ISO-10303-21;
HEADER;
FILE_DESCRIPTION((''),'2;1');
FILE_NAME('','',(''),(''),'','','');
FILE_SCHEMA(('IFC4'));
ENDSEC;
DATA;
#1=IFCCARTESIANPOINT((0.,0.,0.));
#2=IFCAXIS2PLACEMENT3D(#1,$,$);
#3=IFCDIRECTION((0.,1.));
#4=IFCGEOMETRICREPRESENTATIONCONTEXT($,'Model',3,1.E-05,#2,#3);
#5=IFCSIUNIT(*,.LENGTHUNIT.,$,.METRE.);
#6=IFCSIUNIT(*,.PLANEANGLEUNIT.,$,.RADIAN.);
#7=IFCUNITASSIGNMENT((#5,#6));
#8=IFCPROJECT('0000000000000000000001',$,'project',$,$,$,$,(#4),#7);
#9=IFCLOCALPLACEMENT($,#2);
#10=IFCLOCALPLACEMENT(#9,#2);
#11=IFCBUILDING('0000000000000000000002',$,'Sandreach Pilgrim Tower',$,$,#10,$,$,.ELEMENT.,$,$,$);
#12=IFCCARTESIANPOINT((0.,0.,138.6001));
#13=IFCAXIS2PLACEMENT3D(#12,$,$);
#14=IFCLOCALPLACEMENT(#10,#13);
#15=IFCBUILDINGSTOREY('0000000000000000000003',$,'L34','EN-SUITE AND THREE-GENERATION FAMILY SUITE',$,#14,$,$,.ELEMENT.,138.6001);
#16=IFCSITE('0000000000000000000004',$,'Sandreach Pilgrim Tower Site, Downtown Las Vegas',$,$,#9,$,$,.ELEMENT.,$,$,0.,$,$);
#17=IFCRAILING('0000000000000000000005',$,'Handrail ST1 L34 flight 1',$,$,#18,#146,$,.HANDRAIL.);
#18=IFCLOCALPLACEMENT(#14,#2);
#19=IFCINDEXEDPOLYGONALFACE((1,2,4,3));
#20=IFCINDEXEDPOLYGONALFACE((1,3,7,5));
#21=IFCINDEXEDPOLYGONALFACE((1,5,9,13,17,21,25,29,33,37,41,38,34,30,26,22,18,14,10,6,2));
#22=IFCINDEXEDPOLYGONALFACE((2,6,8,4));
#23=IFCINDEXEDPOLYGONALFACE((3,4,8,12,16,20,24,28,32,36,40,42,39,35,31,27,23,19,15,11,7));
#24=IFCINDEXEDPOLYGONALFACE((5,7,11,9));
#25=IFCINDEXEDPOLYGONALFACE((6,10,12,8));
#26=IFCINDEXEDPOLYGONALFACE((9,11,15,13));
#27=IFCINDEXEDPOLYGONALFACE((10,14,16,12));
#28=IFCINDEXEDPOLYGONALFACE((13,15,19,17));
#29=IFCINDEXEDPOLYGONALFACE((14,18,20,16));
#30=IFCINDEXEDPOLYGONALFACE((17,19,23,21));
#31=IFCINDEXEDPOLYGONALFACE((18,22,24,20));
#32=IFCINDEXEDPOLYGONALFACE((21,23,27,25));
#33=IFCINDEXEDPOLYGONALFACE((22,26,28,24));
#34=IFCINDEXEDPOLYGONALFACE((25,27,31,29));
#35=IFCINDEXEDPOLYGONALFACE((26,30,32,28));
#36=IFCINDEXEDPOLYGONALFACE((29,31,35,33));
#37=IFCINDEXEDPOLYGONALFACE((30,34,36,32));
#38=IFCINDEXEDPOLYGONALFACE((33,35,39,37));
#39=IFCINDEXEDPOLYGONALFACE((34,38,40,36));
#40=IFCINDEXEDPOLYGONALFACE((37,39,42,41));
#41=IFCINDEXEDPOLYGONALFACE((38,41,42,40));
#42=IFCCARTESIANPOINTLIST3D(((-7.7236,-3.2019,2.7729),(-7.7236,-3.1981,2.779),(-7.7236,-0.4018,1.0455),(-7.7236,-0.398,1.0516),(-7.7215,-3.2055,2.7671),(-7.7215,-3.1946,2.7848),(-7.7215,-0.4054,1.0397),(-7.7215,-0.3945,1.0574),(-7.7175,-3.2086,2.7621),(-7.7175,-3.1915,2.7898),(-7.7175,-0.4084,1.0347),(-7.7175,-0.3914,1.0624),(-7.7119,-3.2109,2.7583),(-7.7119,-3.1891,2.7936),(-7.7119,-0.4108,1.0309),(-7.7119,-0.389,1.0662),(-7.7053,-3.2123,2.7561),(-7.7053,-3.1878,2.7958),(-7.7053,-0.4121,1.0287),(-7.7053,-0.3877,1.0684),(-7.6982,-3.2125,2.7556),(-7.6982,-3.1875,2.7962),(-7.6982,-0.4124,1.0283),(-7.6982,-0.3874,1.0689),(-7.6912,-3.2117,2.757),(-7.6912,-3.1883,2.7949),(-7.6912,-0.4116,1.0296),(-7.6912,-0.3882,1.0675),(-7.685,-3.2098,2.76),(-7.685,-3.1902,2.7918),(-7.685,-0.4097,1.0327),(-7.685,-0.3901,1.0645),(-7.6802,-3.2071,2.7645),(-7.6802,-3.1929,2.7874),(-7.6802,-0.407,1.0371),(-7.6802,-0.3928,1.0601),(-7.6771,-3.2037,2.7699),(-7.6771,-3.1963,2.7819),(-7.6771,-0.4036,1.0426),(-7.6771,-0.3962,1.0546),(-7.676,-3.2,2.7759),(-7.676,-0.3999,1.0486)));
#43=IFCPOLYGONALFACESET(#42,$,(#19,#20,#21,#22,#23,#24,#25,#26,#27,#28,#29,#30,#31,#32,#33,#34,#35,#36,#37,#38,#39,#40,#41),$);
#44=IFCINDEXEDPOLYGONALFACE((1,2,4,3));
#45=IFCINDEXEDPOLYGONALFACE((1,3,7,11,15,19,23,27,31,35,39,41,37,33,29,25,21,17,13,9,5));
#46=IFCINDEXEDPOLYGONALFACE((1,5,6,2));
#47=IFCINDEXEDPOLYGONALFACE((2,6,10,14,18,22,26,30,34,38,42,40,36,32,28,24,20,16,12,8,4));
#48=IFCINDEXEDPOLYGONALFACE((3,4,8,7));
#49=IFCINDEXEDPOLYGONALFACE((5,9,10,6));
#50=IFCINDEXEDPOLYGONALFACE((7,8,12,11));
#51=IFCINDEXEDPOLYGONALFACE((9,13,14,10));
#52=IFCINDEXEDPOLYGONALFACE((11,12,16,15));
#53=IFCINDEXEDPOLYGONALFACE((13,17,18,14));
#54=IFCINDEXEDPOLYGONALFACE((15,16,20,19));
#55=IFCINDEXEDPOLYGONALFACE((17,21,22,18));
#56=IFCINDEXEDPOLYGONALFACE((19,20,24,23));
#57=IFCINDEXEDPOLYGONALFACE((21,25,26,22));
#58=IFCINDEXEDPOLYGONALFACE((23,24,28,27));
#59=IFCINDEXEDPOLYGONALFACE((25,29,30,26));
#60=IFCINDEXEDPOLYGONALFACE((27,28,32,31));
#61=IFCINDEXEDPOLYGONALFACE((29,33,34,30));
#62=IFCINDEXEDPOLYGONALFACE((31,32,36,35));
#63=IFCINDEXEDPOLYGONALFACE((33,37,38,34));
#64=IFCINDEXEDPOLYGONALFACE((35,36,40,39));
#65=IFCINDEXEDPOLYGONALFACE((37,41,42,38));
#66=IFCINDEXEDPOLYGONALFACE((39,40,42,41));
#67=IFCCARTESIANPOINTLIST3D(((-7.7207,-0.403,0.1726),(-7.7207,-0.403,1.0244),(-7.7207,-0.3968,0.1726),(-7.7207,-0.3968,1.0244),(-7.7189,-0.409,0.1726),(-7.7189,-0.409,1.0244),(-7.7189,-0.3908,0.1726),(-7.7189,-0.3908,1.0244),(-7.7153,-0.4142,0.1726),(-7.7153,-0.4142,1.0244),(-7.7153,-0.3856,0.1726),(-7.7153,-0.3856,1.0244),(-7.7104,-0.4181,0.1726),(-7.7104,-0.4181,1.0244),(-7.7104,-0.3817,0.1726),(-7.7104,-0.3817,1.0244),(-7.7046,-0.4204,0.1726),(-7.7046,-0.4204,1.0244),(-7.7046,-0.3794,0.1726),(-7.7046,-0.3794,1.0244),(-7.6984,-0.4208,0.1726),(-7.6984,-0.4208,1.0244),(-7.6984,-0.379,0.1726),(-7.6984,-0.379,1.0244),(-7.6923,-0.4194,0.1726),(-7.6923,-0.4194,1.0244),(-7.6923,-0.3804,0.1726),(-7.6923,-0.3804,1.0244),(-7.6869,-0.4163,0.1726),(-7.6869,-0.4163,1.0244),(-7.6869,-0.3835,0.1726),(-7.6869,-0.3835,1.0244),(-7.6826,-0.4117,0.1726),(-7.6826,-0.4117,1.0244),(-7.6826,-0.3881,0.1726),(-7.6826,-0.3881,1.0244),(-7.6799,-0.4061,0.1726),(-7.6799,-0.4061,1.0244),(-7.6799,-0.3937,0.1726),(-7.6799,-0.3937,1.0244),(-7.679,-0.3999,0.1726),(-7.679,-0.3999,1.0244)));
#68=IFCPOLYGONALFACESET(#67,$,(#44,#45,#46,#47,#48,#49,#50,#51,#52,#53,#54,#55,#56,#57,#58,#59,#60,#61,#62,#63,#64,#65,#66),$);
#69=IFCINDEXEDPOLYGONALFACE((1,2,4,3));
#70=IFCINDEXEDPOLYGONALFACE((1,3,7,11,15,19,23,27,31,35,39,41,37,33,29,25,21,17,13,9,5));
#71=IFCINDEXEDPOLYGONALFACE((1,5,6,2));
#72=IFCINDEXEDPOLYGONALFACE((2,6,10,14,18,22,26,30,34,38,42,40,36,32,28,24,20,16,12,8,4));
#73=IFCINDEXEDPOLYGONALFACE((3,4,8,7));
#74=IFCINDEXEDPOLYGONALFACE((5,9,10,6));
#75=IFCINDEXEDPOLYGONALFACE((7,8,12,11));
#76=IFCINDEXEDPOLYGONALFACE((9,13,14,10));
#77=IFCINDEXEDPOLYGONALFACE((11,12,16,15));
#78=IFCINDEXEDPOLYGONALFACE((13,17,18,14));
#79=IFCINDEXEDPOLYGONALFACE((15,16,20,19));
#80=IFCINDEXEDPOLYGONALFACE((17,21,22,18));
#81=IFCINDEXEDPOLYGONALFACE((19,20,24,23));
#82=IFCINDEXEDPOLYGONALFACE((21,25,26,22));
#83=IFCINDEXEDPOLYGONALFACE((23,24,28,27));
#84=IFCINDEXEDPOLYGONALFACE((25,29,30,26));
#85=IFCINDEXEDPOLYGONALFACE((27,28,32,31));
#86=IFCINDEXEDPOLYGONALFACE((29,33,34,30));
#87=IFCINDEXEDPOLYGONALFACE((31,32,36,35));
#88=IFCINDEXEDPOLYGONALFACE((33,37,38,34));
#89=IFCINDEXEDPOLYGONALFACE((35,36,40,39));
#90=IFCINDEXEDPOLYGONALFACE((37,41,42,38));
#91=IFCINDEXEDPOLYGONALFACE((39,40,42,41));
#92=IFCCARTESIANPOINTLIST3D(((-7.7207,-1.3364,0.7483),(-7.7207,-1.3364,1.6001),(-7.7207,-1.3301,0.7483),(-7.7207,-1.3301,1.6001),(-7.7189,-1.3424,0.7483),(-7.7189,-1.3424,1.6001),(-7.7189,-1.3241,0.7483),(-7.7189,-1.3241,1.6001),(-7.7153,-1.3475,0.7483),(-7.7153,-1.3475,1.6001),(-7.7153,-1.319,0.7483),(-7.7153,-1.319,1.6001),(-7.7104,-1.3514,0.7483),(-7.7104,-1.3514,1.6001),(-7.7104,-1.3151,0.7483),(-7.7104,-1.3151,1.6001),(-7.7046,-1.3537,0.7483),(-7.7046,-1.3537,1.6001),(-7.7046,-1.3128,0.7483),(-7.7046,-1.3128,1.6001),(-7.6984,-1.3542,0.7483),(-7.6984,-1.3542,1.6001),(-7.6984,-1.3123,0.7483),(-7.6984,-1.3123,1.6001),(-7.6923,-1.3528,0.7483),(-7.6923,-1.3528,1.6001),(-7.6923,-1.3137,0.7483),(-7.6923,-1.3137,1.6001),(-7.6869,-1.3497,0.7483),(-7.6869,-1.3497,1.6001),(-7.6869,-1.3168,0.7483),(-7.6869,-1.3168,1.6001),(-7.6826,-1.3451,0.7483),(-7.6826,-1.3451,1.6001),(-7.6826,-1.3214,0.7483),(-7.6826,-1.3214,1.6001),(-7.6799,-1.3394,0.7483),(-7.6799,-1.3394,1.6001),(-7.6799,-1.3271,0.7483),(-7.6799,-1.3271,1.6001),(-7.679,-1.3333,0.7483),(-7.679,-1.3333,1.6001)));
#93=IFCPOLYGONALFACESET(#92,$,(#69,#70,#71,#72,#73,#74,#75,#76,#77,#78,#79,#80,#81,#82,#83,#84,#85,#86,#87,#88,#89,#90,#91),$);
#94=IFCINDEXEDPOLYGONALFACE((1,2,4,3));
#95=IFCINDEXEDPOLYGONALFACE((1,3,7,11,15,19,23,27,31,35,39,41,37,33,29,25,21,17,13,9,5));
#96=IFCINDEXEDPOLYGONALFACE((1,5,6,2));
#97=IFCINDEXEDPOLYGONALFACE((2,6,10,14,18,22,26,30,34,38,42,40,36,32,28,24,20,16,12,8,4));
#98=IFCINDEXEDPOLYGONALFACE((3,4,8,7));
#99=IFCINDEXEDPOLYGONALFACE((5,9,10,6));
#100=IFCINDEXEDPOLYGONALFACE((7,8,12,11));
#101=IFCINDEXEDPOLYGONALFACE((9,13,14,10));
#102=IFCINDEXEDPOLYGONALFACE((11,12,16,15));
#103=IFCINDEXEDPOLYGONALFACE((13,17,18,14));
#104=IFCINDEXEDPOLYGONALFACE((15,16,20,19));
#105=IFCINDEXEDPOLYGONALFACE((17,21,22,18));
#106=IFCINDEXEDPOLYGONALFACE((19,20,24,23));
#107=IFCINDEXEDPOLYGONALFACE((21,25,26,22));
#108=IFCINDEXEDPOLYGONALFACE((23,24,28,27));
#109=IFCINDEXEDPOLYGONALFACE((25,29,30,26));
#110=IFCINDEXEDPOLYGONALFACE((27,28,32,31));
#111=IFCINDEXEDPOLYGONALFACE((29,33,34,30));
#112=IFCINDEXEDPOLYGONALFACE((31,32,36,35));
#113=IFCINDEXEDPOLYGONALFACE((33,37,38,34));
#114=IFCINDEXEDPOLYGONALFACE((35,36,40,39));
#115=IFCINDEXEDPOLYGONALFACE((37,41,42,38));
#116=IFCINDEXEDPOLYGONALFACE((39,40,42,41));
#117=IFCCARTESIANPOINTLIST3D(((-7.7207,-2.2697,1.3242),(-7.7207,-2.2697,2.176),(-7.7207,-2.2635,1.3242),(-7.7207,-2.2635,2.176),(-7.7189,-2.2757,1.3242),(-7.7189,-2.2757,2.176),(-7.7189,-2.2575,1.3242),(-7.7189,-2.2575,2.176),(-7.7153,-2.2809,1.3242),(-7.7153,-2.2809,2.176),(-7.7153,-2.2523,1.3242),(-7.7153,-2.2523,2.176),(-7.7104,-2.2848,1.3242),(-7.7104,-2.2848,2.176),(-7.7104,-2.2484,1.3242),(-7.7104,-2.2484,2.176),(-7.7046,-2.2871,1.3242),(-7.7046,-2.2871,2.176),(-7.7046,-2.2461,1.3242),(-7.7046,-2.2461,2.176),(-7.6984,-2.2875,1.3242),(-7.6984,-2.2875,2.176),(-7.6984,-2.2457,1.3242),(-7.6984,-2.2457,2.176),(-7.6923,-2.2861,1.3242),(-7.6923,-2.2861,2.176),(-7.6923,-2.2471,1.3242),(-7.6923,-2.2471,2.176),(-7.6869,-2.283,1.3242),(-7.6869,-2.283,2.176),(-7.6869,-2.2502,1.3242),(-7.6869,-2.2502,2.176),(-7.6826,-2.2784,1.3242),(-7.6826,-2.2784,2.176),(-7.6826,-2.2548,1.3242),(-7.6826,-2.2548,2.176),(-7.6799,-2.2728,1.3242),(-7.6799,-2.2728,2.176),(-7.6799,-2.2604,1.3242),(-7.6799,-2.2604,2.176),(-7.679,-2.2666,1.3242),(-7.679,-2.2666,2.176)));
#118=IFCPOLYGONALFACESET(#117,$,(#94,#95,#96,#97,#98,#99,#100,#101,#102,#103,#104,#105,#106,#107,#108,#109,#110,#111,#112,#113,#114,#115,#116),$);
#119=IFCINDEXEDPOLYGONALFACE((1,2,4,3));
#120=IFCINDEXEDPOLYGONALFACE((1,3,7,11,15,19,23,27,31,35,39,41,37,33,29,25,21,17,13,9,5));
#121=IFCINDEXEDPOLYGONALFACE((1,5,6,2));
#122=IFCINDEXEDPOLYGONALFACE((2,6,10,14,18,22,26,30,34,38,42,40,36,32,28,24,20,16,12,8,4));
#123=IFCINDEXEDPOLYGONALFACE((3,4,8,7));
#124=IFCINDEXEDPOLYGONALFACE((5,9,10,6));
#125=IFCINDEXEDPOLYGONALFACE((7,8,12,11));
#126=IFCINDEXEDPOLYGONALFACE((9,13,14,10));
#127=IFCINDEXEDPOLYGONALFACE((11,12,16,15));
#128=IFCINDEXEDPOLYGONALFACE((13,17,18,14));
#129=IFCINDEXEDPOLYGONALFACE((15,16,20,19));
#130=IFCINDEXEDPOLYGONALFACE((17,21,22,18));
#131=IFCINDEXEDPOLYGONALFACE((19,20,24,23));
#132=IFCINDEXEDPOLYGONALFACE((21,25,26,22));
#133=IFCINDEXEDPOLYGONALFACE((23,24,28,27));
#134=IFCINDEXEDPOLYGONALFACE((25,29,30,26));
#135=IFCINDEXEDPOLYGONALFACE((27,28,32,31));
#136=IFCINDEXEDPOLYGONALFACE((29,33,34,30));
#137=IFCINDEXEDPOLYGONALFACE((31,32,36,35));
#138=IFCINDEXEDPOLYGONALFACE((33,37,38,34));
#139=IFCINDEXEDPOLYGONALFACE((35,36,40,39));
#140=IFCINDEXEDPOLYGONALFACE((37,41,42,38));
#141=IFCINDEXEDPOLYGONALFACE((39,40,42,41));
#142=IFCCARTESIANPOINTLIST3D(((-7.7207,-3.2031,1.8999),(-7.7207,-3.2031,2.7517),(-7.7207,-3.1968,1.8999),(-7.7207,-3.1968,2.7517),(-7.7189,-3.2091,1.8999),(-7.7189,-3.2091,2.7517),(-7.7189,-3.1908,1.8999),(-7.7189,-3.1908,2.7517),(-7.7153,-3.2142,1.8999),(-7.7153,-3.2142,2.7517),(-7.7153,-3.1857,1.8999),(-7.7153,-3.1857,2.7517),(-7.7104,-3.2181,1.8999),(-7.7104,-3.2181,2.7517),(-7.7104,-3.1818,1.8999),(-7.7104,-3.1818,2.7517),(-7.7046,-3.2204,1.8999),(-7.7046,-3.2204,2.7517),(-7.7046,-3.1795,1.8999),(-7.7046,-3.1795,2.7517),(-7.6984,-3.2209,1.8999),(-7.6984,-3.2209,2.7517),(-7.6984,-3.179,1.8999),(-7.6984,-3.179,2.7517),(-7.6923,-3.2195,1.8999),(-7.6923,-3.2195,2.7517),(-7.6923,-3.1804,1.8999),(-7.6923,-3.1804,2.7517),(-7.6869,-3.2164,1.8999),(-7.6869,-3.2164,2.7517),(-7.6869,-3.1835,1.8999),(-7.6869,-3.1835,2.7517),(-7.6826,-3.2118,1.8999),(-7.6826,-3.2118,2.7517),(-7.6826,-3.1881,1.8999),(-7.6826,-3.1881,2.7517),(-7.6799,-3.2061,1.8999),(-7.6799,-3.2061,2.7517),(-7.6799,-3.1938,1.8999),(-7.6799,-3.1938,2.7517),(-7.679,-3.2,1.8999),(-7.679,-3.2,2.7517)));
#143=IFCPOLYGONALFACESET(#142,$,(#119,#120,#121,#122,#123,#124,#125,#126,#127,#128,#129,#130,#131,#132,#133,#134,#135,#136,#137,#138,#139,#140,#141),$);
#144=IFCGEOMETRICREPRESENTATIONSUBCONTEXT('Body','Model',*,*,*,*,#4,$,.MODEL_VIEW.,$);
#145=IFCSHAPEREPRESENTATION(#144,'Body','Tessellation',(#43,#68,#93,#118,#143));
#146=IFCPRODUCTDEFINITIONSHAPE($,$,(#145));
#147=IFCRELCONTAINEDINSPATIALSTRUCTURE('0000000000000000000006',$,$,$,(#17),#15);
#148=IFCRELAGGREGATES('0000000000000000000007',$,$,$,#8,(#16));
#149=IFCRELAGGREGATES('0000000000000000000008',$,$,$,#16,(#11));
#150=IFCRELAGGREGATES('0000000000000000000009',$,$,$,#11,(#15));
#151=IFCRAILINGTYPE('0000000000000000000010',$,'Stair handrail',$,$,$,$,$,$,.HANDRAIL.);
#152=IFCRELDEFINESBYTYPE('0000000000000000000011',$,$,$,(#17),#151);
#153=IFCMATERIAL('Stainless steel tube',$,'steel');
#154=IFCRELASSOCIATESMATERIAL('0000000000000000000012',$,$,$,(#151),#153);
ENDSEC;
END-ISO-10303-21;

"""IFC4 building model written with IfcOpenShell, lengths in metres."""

from ifc_helpers import new_model, si_unit, direction, frame, origin, origin_2d, place, context, subcontext, project, spatial, circle, extrude, material, type_object, element, save


model = new_model("IFC4")

# Units and contexts
model_context = context("Model", 3, precision=1e-05, world=origin(), true_north=direction((0.0, 1.0)))
body_context = subcontext(model_context, "Body", "Model", "MODEL_VIEW")
ifc_project = project(units=[si_unit("LENGTHUNIT", "METRE"), si_unit("PLANEANGLEUNIT", "RADIAN")], contexts=[model_context])

# Site, building, storey
site_placement = place(None, origin())
site = spatial("IfcSite", under=ifc_project, at=site_placement, Name="Sandreach Pilgrim Tower Site, Downtown Las Vegas", CompositionType="ELEMENT", RefElevation=0.0)
building_placement = place(site_placement, origin())
building = spatial("IfcBuilding", under=site, at=building_placement, Name="Sandreach Pilgrim Tower", CompositionType="ELEMENT")
storey_placement = place(building_placement, frame((0.0, 0.0, 138.6001)))
storey = spatial("IfcBuildingStorey", under=building, at=storey_placement, Name="L34", Description="EN-SUITE AND THREE-GENERATION FAMILY SUITE", CompositionType="ELEMENT", Elevation=138.6001)

# Railing
ifc_material_1 = material(Name="Stainless steel tube", Category="steel")
railing_type = type_object("IfcRailingType", Name="Stair handrail", PredefinedType="HANDRAIL", material=ifc_material_1)
for number, where, name in (
    (1, (-7.7, -0.3999, 0.1726), "Handrail ST1 L34 flight 1"),
):
    element("IfcRailing", number, at=place(storey_placement, frame(where)), inside=storey, type_object=railing_type, Name=name, PredefinedType="HANDRAIL", context=body_context, shape_type="SweptSolid", body=[
        extrude(circle(Radius=0.0239, at=origin_2d()), frame((0.0, 0.0, 0.876), z_axis=(0.0, -0.85109, 0.52502), x_axis=(1.0, 0.0, 0.0)), (0.0, 0.0, 1.0), 3.29),
        extrude(circle(Radius=0.021, at=origin_2d()), origin(), (0.0, 0.0, 1.0), 0.8518),
        extrude(circle(Radius=0.021, at=origin_2d()), frame((0.0, -0.9333, 0.5757)), (0.0, 0.0, 1.0), 0.8518),
        extrude(circle(Radius=0.021, at=origin_2d()), frame((0.0, -1.8667, 1.1516)), (0.0, 0.0, 1.0), 0.8518),
        extrude(circle(Radius=0.021, at=origin_2d()), frame((0.0, -2.8, 1.7273)), (0.0, 0.0, 1.0), 0.8518),
    ])

save(model, "model.ifc")
